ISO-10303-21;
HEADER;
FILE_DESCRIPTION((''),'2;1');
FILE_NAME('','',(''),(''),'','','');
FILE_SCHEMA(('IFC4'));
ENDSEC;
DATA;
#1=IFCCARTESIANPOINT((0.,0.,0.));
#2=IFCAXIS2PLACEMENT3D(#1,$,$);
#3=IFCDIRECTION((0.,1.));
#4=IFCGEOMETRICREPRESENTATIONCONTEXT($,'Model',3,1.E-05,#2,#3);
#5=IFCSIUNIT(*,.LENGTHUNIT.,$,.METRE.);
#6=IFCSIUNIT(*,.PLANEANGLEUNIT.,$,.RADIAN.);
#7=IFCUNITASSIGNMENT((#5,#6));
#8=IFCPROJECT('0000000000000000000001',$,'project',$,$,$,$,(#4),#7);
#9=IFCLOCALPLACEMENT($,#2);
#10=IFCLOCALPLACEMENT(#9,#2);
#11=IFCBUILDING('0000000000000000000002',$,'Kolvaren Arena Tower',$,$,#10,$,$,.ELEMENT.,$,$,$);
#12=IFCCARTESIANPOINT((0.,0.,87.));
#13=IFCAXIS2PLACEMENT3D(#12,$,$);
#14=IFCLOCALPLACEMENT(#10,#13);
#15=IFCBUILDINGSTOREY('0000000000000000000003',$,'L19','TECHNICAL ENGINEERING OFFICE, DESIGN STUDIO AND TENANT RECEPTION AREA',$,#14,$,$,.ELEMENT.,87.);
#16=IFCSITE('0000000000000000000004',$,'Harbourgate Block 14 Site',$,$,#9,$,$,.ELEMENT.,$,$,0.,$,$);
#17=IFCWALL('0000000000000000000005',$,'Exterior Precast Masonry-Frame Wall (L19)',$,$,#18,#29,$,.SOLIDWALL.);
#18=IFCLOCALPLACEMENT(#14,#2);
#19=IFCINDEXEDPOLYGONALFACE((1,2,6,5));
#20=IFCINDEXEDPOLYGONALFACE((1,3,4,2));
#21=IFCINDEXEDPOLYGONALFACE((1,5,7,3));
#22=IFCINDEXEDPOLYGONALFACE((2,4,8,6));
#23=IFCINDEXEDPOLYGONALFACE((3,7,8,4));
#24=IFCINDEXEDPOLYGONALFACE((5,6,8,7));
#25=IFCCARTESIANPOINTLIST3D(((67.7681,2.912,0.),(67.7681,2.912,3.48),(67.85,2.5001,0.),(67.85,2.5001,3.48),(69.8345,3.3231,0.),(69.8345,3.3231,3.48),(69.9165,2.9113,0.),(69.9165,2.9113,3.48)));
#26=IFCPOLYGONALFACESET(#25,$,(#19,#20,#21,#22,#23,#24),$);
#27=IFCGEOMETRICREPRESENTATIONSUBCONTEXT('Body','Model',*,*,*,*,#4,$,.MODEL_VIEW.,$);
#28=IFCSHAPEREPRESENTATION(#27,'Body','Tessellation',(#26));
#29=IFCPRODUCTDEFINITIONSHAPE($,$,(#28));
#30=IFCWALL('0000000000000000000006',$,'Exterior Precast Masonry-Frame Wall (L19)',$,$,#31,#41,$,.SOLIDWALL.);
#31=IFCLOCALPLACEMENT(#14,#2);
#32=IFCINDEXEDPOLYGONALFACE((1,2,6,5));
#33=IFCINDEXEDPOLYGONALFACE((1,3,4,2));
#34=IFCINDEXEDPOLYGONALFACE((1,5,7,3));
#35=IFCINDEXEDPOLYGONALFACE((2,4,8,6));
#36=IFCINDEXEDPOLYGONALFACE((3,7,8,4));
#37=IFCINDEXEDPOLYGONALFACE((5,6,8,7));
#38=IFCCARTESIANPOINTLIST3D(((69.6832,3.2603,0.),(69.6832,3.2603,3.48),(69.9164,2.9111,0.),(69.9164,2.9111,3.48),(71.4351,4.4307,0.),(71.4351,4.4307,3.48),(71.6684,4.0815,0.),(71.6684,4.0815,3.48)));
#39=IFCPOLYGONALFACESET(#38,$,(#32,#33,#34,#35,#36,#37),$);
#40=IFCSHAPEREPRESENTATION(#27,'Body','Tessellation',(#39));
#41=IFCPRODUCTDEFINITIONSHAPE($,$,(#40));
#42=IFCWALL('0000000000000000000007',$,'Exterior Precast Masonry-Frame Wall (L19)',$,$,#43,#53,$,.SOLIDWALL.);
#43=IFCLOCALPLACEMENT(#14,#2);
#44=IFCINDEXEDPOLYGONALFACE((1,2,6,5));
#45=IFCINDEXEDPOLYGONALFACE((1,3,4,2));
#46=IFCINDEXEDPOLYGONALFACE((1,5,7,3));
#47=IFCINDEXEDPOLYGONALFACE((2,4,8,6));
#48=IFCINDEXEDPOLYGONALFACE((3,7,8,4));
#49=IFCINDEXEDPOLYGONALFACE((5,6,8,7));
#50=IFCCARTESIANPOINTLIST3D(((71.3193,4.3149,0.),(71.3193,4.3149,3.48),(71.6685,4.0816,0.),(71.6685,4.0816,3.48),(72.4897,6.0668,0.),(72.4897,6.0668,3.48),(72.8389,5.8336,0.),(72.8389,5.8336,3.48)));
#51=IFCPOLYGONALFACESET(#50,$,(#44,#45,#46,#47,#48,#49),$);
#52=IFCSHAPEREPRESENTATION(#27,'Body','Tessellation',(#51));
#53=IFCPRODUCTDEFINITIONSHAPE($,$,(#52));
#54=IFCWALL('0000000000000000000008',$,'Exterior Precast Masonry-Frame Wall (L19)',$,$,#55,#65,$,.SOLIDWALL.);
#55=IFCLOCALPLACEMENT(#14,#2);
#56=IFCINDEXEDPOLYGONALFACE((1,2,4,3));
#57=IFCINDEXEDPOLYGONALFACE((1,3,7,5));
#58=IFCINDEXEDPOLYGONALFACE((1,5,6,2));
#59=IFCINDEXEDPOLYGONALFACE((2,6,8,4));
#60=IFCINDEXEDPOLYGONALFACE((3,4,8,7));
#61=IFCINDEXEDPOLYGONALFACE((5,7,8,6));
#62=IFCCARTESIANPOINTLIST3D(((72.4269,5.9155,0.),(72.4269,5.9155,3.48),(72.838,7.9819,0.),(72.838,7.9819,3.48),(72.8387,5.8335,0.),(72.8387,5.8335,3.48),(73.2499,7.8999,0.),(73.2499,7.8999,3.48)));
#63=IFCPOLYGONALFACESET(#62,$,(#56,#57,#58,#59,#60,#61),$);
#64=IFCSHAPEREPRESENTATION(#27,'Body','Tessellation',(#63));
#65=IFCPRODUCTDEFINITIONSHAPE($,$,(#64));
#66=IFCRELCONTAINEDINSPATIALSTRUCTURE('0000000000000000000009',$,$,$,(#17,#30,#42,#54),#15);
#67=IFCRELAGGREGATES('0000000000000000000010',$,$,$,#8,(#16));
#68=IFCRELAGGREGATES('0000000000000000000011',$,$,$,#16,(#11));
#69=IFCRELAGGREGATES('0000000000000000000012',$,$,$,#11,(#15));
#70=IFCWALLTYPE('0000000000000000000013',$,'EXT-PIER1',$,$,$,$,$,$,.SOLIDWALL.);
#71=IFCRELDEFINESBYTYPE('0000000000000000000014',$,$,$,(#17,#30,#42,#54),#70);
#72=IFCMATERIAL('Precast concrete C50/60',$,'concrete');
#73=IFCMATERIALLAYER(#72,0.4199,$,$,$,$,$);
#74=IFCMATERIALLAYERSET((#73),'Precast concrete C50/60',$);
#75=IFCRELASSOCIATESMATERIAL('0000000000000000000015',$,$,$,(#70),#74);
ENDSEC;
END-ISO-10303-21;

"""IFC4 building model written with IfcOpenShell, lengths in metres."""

from ifc_helpers import new_model, si_unit, direction, frame, frame_2d, origin, place, context, subcontext, project, spatial, rectangle, extrude, material, layer, layer_set, type_object, element, save


model = new_model("IFC4")

# Units and contexts
model_context = context("Model", 3, precision=1e-05, world=origin(), true_north=direction((0.0, 1.0)))
body_context = subcontext(model_context, "Body", "Model", "MODEL_VIEW")
ifc_project = project(units=[si_unit("LENGTHUNIT", "METRE"), si_unit("PLANEANGLEUNIT", "RADIAN")], contexts=[model_context])

# Site, building, storey
site_placement = place(None, origin())
site = spatial("IfcSite", under=ifc_project, at=site_placement, Name="Harbourgate Block 14 Site", CompositionType="ELEMENT", RefElevation=0.0)
building_placement = place(site_placement, origin())
building = spatial("IfcBuilding", under=site, at=building_placement, Name="Kolvaren Arena Tower", CompositionType="ELEMENT")
storey_placement = place(building_placement, frame((0.0, 0.0, 87.0)))
storey = spatial("IfcBuildingStorey", under=building, at=storey_placement, Name="L19", Description="TECHNICAL ENGINEERING OFFICE, DESIGN STUDIO AND TENANT RECEPTION AREA", CompositionType="ELEMENT", Elevation=87.0)

# Walls
ifc_material_1 = material(Name="Precast concrete C50/60", Category="concrete")
ifc_layer_1 = layer(ifc_material_1, 0.4199)
ifc_layer_set_1 = layer_set([ifc_layer_1], Name="Precast concrete C50/60")
wall_type_1 = type_object("IfcWallType", Name="EXT-PIER1", PredefinedType="SOLIDWALL", material=ifc_layer_set_1)
for number, where, z_axis, x_axis, name in (
    (1, (69.8755, 3.1172, 0.0), (0.0, 0.0, 1.0), (-0.980776, -0.195136, 0.0), "Exterior Precast Masonry-Frame Wall (L19)"),
    (2, (71.5518, 4.2561, 0.0), (0.0, 0.0, 1.0), (-0.831515, -0.555502, 0.0), "Exterior Precast Masonry-Frame Wall (L19)"),
    (3, (72.6643, 5.9502, 0.0), (0.0, 0.0, 1.0), (-0.555502, -0.831515, 0.0), "Exterior Precast Masonry-Frame Wall (L19)"),
    (4, (73.0439, 7.9409, 0.0), (0.0, 0.0, 1.0), (-0.195136, -0.980776, 0.0), "Exterior Precast Masonry-Frame Wall (L19)"),
):
    element("IfcWall", number, at=place(storey_placement, frame(where, z_axis=z_axis, x_axis=x_axis)), inside=storey, type_object=wall_type_1, Name=name, PredefinedType="SOLIDWALL", context=body_context, shape_type="SweptSolid", body=[
        extrude(rectangle(XDim=2.1069, YDim=0.4199, at=frame_2d((1.0535, 0.0))), origin(), (0.0, 0.0, 1.0), 3.48),
    ])

save(model, "model.ifc")
